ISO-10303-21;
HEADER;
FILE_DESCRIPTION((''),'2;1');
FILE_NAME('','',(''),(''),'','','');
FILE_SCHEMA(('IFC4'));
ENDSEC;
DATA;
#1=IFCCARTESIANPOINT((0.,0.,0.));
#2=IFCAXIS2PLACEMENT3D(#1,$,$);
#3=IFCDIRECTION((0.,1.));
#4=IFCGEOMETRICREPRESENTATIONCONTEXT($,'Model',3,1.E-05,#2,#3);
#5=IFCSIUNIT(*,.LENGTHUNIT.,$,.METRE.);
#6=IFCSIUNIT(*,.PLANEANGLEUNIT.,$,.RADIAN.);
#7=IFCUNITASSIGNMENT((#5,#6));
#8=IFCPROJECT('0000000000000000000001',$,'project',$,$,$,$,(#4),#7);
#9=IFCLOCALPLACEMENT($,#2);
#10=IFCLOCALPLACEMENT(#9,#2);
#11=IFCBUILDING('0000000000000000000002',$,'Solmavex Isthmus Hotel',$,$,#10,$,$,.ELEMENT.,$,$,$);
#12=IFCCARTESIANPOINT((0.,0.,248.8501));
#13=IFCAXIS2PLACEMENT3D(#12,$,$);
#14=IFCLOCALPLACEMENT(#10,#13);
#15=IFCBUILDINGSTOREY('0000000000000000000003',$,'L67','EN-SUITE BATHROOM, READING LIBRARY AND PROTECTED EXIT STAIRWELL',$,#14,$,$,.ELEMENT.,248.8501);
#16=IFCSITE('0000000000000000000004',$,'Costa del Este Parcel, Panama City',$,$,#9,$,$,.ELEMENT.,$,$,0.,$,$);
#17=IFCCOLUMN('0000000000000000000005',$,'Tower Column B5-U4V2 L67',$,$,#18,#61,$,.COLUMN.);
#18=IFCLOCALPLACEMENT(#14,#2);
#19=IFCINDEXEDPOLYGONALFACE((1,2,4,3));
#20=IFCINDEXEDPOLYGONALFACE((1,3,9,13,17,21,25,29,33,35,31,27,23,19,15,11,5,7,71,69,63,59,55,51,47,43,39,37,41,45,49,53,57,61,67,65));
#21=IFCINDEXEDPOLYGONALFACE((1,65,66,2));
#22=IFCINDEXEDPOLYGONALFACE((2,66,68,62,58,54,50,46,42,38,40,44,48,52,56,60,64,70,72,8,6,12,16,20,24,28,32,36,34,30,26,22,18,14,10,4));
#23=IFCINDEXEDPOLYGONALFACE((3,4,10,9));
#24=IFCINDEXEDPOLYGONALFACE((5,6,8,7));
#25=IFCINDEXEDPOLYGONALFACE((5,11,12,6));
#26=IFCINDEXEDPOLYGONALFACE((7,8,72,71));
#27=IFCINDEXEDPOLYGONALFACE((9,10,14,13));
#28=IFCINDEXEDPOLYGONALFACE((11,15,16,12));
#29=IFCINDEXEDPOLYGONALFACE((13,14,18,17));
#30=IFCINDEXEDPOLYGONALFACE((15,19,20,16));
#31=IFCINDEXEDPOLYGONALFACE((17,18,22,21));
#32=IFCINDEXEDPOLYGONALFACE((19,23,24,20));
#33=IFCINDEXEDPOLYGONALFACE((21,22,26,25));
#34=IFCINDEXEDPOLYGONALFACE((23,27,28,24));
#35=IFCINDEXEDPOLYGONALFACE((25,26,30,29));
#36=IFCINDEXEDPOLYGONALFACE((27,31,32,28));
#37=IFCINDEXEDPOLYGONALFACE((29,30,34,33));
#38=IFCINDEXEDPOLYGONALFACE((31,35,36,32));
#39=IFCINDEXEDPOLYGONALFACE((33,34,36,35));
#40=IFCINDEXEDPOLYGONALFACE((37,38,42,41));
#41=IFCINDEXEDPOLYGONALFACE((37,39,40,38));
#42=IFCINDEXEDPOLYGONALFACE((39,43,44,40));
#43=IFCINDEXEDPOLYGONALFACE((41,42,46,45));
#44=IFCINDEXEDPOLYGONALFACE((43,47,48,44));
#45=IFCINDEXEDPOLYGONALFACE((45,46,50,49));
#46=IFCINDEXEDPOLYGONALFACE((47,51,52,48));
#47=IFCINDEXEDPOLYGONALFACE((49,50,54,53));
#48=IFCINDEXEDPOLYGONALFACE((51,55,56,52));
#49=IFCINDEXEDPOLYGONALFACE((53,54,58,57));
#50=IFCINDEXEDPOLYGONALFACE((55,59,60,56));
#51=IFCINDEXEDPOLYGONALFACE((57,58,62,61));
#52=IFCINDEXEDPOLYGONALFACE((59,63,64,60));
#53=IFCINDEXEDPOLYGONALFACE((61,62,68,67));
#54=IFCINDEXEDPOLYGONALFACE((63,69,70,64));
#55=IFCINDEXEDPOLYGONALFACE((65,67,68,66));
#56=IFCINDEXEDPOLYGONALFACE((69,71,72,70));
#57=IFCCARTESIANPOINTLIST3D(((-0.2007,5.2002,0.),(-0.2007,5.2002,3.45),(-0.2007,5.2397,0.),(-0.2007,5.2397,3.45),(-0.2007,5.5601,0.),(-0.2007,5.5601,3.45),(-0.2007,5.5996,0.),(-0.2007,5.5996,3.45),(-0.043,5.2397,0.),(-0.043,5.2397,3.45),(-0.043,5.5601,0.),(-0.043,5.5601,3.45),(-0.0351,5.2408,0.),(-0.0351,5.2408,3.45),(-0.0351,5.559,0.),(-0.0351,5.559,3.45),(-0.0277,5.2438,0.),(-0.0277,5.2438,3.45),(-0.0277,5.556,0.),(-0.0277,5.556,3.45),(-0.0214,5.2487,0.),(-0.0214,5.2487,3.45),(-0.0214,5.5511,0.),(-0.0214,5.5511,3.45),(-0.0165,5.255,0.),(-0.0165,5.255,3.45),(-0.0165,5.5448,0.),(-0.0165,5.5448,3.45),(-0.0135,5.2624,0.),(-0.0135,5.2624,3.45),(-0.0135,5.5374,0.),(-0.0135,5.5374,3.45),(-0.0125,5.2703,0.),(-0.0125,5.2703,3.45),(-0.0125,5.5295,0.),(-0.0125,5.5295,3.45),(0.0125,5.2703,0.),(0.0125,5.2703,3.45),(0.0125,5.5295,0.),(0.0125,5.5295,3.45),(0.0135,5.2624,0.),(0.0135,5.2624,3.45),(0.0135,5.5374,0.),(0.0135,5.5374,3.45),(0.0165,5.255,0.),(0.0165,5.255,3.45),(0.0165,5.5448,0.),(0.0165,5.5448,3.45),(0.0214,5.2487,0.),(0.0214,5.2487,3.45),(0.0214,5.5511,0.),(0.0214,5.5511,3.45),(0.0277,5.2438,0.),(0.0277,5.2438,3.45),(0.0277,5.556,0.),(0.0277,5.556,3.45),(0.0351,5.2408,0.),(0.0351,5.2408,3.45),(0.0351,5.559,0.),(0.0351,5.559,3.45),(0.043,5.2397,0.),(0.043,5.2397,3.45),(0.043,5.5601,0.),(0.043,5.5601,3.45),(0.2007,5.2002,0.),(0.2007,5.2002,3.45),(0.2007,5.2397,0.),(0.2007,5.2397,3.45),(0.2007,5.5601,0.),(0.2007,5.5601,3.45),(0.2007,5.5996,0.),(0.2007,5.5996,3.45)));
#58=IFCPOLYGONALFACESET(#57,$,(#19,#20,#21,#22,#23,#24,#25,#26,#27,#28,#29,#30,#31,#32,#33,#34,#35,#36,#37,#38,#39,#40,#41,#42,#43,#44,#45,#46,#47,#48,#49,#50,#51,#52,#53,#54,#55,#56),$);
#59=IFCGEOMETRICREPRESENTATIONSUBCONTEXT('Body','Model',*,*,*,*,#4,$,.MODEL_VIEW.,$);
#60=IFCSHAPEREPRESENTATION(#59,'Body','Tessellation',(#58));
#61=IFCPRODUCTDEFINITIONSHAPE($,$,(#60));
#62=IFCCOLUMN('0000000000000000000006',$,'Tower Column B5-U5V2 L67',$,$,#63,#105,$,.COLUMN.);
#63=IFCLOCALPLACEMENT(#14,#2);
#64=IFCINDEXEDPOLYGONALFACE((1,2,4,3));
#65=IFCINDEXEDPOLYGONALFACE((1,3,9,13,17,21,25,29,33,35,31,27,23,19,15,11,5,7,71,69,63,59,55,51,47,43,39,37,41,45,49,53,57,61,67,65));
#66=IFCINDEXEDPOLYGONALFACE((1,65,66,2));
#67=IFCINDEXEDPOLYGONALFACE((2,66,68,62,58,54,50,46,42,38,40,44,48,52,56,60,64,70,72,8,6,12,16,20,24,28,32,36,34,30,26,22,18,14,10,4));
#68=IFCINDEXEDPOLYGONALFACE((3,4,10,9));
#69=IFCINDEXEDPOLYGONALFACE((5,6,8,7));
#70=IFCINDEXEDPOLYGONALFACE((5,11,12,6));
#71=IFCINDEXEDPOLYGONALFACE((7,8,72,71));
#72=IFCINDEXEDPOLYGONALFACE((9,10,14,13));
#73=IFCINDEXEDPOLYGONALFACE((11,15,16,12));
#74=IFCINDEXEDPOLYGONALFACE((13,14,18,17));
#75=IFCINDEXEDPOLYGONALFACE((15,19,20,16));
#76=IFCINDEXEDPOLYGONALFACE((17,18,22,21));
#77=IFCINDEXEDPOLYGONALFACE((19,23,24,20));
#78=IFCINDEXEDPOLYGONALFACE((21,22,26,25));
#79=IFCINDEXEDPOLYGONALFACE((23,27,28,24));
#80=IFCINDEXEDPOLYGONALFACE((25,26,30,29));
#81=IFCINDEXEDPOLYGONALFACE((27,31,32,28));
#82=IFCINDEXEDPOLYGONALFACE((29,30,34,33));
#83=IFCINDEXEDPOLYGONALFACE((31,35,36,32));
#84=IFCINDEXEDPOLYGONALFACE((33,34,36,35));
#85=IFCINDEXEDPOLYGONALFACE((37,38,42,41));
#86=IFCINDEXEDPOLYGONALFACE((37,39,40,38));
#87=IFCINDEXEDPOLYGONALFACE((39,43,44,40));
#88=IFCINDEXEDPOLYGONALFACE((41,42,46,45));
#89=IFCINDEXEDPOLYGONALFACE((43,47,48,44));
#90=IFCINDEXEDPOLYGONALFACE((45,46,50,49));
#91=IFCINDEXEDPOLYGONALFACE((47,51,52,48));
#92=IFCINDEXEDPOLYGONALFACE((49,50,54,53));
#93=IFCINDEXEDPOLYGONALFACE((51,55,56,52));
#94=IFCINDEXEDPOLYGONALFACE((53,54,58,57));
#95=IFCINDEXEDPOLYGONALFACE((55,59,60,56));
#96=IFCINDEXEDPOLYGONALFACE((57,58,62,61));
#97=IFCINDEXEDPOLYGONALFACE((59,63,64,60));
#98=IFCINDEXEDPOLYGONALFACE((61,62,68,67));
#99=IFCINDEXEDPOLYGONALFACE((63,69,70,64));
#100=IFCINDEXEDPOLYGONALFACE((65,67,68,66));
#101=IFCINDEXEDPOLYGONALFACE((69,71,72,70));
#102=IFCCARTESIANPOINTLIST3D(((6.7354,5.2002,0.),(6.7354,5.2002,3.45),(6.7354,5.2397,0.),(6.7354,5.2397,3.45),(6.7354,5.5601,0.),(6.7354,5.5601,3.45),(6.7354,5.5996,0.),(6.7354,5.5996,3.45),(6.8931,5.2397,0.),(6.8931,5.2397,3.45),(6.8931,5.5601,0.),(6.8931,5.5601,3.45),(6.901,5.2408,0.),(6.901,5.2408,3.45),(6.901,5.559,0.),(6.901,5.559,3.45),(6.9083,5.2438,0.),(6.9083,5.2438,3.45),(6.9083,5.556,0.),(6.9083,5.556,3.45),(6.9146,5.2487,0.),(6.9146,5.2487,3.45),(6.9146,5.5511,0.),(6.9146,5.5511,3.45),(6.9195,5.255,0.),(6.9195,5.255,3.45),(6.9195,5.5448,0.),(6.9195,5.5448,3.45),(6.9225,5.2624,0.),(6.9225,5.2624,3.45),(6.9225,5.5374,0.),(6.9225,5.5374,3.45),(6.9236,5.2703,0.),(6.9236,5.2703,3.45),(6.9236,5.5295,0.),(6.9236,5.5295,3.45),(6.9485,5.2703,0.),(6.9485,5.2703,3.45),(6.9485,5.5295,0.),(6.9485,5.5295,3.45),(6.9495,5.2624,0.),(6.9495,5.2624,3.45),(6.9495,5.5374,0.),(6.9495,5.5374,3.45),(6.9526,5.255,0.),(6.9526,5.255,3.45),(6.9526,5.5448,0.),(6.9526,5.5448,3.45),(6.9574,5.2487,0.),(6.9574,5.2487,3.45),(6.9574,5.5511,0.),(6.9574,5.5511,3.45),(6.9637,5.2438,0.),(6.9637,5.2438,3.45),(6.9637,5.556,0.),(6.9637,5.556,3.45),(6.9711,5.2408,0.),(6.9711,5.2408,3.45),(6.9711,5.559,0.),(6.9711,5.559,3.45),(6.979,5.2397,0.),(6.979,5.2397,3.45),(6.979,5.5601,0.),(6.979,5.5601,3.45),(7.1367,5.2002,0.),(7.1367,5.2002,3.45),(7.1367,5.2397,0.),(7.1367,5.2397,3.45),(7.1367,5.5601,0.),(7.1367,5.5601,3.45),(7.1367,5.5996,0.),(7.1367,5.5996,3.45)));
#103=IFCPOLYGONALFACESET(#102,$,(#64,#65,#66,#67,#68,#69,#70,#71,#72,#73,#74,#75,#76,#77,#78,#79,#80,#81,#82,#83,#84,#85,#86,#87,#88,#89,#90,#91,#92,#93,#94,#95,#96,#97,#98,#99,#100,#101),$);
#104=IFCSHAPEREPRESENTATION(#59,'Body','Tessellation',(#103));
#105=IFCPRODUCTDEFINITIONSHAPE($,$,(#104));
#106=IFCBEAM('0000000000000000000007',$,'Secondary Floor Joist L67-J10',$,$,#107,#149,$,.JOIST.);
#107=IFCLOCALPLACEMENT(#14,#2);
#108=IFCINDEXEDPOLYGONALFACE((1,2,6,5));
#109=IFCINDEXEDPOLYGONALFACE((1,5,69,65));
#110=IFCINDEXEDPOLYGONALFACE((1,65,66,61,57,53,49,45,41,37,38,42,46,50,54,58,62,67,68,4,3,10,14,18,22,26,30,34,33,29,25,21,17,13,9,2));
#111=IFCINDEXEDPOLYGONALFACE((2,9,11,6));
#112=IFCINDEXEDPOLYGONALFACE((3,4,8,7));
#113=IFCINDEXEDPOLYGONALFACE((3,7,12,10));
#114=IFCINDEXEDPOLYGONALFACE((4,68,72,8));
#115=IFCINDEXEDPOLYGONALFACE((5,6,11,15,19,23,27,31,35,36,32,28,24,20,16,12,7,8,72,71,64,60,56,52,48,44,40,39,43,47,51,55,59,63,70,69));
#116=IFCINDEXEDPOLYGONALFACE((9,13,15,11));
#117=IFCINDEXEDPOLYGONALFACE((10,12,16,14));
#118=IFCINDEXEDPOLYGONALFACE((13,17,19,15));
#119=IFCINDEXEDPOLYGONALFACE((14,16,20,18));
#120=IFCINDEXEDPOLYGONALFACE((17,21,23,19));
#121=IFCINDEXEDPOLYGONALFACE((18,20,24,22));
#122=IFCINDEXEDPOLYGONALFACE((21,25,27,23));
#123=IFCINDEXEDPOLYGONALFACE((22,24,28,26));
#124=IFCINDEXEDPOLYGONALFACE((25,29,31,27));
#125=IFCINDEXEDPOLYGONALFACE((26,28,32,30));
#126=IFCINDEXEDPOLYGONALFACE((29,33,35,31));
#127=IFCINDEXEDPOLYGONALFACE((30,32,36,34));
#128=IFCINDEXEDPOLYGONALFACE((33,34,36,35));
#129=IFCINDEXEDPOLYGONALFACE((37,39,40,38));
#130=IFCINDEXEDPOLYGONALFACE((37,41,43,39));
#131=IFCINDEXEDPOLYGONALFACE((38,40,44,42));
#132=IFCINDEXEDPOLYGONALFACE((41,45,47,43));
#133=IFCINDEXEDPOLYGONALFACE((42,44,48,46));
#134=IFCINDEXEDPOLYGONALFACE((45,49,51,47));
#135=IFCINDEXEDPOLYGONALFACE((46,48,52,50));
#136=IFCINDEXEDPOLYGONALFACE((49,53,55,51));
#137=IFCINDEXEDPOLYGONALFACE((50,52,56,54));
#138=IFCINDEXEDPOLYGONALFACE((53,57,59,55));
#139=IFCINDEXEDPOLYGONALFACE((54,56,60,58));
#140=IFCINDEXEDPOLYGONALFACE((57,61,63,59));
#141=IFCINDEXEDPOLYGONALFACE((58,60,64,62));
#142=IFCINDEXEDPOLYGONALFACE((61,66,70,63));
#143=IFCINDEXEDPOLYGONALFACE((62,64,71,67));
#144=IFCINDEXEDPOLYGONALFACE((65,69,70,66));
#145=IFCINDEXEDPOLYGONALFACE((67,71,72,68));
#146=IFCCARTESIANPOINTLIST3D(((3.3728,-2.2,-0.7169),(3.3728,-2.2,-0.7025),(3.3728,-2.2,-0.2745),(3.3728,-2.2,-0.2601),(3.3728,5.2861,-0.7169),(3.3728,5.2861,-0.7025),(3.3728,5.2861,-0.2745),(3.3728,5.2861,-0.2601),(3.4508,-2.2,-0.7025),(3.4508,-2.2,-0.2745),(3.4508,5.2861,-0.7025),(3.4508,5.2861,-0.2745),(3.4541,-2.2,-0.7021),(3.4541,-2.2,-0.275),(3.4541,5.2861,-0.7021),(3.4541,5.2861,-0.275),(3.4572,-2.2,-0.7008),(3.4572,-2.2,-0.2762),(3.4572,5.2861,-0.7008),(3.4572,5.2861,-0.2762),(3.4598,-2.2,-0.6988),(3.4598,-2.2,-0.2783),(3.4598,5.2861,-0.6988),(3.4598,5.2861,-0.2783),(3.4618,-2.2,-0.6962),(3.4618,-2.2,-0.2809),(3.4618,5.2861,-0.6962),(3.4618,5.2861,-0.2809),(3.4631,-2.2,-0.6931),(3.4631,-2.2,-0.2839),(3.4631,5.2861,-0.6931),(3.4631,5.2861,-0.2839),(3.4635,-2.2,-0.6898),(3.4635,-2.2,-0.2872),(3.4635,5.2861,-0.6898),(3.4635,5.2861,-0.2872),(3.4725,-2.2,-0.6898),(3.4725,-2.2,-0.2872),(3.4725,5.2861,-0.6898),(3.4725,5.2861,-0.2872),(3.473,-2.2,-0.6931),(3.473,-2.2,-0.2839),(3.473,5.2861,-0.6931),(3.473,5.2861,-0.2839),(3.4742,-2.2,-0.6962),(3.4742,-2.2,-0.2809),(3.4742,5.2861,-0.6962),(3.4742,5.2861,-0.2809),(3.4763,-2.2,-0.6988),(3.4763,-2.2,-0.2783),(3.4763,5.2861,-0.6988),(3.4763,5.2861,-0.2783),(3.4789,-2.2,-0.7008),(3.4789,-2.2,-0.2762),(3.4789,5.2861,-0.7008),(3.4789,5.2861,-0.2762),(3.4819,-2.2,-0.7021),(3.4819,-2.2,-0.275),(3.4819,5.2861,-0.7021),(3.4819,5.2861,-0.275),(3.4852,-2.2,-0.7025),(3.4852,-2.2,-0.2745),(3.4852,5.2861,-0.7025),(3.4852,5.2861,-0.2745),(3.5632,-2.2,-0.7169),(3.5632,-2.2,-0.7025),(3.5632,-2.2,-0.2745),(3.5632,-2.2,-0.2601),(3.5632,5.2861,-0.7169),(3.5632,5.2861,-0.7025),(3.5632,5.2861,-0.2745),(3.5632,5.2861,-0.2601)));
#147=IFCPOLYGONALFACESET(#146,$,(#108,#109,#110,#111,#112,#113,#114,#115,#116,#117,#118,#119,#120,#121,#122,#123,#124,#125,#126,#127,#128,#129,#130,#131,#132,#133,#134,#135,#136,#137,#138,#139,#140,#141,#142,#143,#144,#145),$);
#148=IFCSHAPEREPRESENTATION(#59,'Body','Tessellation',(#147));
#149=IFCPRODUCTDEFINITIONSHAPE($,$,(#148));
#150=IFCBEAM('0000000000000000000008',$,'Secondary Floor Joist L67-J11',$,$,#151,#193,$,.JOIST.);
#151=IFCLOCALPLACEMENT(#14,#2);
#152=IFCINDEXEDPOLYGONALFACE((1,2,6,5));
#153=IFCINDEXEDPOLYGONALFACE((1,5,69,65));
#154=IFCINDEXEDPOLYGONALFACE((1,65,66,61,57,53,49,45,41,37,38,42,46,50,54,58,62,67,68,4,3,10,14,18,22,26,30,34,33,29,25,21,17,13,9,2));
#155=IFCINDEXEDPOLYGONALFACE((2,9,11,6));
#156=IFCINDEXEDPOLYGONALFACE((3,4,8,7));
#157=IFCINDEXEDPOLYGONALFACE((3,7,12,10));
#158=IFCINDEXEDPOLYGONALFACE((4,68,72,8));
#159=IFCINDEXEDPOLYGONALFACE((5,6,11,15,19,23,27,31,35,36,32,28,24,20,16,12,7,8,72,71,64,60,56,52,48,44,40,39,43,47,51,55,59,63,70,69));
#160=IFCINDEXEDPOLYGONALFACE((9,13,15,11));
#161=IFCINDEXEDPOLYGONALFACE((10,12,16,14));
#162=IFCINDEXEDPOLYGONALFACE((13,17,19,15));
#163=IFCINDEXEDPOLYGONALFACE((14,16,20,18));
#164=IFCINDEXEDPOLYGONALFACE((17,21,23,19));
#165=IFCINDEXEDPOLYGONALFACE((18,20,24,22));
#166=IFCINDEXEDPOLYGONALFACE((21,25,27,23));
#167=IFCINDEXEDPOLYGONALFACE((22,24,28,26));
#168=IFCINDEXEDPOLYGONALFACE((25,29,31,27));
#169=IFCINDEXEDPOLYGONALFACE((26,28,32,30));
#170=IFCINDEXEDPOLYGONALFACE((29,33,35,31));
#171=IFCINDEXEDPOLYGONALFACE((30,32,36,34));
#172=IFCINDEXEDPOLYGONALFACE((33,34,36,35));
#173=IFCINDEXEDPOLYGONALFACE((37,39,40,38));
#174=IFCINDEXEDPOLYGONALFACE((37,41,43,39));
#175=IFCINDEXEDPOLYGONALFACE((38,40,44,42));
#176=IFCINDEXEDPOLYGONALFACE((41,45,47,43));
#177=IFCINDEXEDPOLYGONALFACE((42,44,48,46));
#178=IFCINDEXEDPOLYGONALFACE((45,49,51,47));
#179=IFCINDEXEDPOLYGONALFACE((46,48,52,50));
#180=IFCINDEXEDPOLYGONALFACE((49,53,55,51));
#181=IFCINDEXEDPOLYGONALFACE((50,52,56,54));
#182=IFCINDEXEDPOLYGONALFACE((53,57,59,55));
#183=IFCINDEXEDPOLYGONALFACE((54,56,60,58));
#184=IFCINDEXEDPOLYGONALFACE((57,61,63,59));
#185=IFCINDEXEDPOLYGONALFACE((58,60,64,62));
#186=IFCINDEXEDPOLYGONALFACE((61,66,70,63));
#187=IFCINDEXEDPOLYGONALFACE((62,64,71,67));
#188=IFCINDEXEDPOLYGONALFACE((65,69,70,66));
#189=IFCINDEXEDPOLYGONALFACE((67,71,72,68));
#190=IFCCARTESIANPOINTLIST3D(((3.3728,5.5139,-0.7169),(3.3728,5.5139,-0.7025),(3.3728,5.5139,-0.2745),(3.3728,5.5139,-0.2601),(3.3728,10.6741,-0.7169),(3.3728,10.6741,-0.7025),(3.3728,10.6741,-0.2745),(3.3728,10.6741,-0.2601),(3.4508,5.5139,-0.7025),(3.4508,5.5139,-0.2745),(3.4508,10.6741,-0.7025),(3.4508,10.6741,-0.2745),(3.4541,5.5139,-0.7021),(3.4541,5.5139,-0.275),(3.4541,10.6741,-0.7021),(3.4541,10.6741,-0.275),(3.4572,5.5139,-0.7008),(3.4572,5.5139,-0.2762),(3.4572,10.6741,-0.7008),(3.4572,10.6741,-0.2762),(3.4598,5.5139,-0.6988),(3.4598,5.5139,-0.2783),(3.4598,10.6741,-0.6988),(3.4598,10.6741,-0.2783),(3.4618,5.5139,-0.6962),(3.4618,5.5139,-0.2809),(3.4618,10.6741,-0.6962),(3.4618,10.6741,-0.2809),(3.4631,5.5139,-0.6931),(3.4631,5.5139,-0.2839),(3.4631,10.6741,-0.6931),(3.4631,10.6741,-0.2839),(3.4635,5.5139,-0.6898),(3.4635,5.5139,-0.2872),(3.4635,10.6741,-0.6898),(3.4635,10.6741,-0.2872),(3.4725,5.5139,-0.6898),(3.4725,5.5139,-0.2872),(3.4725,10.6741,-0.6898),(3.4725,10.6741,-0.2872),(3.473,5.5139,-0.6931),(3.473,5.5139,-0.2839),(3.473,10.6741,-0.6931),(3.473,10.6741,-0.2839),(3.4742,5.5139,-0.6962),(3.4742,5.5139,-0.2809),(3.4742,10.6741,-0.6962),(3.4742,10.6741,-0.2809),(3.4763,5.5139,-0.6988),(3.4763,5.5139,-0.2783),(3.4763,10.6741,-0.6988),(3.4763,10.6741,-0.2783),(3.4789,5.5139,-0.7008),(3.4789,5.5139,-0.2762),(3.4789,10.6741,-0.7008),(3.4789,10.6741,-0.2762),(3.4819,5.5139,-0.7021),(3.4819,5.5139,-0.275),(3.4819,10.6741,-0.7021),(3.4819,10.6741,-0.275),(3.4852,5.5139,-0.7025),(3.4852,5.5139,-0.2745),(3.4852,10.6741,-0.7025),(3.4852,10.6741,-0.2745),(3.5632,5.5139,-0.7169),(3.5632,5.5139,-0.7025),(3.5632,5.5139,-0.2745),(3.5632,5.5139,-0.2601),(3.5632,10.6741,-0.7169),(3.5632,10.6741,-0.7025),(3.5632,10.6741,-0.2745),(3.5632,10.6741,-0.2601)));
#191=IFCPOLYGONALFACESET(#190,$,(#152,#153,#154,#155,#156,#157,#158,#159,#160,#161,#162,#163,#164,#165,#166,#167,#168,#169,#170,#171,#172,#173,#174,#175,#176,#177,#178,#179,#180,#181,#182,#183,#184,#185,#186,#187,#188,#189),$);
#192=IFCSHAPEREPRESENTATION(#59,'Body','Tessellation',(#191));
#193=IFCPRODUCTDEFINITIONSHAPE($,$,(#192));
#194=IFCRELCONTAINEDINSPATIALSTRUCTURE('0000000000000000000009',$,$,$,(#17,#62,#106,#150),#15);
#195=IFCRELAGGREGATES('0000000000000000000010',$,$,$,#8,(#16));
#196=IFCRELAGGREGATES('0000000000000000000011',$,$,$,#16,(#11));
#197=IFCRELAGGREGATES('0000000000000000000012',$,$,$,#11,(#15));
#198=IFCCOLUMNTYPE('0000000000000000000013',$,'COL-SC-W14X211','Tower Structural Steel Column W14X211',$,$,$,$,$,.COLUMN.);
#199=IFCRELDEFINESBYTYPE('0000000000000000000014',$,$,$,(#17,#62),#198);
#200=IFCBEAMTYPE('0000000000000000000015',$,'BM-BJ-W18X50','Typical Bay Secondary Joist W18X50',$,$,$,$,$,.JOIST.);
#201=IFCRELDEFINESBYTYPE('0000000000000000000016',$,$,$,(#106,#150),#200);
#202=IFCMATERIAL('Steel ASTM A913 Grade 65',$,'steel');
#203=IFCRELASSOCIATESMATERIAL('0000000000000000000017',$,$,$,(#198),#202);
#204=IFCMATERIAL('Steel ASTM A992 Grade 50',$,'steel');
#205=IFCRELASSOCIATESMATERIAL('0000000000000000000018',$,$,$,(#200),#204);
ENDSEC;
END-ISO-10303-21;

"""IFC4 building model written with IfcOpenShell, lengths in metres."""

from ifc_helpers import new_model, si_unit, direction, frame, origin, origin_2d, place, context, subcontext, project, spatial, i_section, extrude, material, material_profile, profile_set, type_object, element, save


model = new_model("IFC4")

# Units and contexts
model_context = context("Model", 3, precision=1e-05, world=origin(), true_north=direction((0.0, 1.0)))
body_context = subcontext(model_context, "Body", "Model", "MODEL_VIEW")
ifc_project = project(units=[si_unit("LENGTHUNIT", "METRE"), si_unit("PLANEANGLEUNIT", "RADIAN")], contexts=[model_context])

# Site, building, storey
site_placement = place(None, origin())
site = spatial("IfcSite", under=ifc_project, at=site_placement, Name="Costa del Este Parcel, Panama City", CompositionType="ELEMENT", RefElevation=0.0)
building_placement = place(site_placement, origin())
building = spatial("IfcBuilding", under=site, at=building_placement, Name="Solmavex Isthmus Hotel", CompositionType="ELEMENT")
storey_placement = place(building_placement, frame((0.0, 0.0, 248.8501)))
storey = spatial("IfcBuildingStorey", under=building, at=storey_placement, Name="L67", Description="EN-SUITE BATHROOM, READING LIBRARY AND PROTECTED EXIT STAIRWELL", CompositionType="ELEMENT", Elevation=248.8501)

# Columns
ifc_material_1 = material(Name="Steel ASTM A913 Grade 65", Category="steel")
ifc_material_profile_1 = material_profile(ifc_material_1, i_section(OverallWidth=0.4014, OverallDepth=0.3994, WebThickness=0.0249, FlangeThickness=0.0396, FilletRadius=0.0305, at=origin_2d()), Name="W14X211")
ifc_profile_set_1 = profile_set([ifc_material_profile_1], Name="Steel ASTM A913 Grade 65")
column_type = type_object("IfcColumnType", Name="COL-SC-W14X211", Description="Tower Structural Steel Column W14X211", PredefinedType="COLUMN", material=ifc_profile_set_1)
for number, where, z_axis, x_axis, name in (
    (1, (0.0, 5.3999, 0.0), (0.0, 0.0, 1.0), (1.0, 0.0, 0.0), "Tower Column B5-U4V2 L67"),
    (2, (6.936, 5.3999, 0.0), (0.0, 0.0, 1.0), (1.0, 0.0, 0.0), "Tower Column B5-U5V2 L67"),
):
    element("IfcColumn", number, at=place(storey_placement, frame(where, z_axis=z_axis, x_axis=x_axis)), inside=storey, type_object=column_type, Name=name, PredefinedType="COLUMN", context=body_context, shape_type="SweptSolid", body=[
        extrude(i_section(OverallWidth=0.4014, OverallDepth=0.3994, WebThickness=0.0249, FlangeThickness=0.0396, FilletRadius=0.0305, at=origin_2d()), origin(), (0.0, 0.0, 1.0), 3.45),
    ])

# Beams
ifc_material_2 = material(Name="Steel ASTM A992 Grade 50", Category="steel")
ifc_material_profile_2 = material_profile(ifc_material_2, i_section(OverallWidth=0.1904, OverallDepth=0.4568, WebThickness=0.009, FlangeThickness=0.0144, FilletRadius=0.0127, at=origin_2d()), Name="W18X50")
ifc_profile_set_2 = profile_set([ifc_material_profile_2], Name="Steel ASTM A992 Grade 50")
beam_type_1 = type_object("IfcBeamType", Name="BM-BJ-W18X50", Description="Typical Bay Secondary Joist W18X50", PredefinedType="JOIST", material=ifc_profile_set_2)
beam_1_placement = place(storey_placement, frame((3.468, -2.2, -0.4885), z_axis=(0.0, 1.0, 0.0), x_axis=(-1.0, 0.0, 0.0)))
element("IfcBeam", 3, at=beam_1_placement, inside=storey, type_object=beam_type_1, Name="Secondary Floor Joist L67-J10", PredefinedType="JOIST", context=body_context, shape_type="SweptSolid", body=[
    extrude(i_section(OverallWidth=0.1904, OverallDepth=0.4568, WebThickness=0.009, FlangeThickness=0.0144, FilletRadius=0.0127, at=origin_2d()), origin(), (0.0, 0.0, 1.0), 7.4861),
])
beam_2_placement = place(storey_placement, frame((3.468, 5.5139, -0.4885), z_axis=(0.0, 1.0, 0.0), x_axis=(-1.0, 0.0, 0.0)))
element("IfcBeam", 4, at=beam_2_placement, inside=storey, type_object=beam_type_1, Name="Secondary Floor Joist L67-J11", PredefinedType="JOIST", context=body_context, shape_type="SweptSolid", body=[
    extrude(i_section(OverallWidth=0.1904, OverallDepth=0.4568, WebThickness=0.009, FlangeThickness=0.0144, FilletRadius=0.0127, at=origin_2d()), origin(), (0.0, 0.0, 1.0), 5.1602),
])

save(model, "model.ifc")
